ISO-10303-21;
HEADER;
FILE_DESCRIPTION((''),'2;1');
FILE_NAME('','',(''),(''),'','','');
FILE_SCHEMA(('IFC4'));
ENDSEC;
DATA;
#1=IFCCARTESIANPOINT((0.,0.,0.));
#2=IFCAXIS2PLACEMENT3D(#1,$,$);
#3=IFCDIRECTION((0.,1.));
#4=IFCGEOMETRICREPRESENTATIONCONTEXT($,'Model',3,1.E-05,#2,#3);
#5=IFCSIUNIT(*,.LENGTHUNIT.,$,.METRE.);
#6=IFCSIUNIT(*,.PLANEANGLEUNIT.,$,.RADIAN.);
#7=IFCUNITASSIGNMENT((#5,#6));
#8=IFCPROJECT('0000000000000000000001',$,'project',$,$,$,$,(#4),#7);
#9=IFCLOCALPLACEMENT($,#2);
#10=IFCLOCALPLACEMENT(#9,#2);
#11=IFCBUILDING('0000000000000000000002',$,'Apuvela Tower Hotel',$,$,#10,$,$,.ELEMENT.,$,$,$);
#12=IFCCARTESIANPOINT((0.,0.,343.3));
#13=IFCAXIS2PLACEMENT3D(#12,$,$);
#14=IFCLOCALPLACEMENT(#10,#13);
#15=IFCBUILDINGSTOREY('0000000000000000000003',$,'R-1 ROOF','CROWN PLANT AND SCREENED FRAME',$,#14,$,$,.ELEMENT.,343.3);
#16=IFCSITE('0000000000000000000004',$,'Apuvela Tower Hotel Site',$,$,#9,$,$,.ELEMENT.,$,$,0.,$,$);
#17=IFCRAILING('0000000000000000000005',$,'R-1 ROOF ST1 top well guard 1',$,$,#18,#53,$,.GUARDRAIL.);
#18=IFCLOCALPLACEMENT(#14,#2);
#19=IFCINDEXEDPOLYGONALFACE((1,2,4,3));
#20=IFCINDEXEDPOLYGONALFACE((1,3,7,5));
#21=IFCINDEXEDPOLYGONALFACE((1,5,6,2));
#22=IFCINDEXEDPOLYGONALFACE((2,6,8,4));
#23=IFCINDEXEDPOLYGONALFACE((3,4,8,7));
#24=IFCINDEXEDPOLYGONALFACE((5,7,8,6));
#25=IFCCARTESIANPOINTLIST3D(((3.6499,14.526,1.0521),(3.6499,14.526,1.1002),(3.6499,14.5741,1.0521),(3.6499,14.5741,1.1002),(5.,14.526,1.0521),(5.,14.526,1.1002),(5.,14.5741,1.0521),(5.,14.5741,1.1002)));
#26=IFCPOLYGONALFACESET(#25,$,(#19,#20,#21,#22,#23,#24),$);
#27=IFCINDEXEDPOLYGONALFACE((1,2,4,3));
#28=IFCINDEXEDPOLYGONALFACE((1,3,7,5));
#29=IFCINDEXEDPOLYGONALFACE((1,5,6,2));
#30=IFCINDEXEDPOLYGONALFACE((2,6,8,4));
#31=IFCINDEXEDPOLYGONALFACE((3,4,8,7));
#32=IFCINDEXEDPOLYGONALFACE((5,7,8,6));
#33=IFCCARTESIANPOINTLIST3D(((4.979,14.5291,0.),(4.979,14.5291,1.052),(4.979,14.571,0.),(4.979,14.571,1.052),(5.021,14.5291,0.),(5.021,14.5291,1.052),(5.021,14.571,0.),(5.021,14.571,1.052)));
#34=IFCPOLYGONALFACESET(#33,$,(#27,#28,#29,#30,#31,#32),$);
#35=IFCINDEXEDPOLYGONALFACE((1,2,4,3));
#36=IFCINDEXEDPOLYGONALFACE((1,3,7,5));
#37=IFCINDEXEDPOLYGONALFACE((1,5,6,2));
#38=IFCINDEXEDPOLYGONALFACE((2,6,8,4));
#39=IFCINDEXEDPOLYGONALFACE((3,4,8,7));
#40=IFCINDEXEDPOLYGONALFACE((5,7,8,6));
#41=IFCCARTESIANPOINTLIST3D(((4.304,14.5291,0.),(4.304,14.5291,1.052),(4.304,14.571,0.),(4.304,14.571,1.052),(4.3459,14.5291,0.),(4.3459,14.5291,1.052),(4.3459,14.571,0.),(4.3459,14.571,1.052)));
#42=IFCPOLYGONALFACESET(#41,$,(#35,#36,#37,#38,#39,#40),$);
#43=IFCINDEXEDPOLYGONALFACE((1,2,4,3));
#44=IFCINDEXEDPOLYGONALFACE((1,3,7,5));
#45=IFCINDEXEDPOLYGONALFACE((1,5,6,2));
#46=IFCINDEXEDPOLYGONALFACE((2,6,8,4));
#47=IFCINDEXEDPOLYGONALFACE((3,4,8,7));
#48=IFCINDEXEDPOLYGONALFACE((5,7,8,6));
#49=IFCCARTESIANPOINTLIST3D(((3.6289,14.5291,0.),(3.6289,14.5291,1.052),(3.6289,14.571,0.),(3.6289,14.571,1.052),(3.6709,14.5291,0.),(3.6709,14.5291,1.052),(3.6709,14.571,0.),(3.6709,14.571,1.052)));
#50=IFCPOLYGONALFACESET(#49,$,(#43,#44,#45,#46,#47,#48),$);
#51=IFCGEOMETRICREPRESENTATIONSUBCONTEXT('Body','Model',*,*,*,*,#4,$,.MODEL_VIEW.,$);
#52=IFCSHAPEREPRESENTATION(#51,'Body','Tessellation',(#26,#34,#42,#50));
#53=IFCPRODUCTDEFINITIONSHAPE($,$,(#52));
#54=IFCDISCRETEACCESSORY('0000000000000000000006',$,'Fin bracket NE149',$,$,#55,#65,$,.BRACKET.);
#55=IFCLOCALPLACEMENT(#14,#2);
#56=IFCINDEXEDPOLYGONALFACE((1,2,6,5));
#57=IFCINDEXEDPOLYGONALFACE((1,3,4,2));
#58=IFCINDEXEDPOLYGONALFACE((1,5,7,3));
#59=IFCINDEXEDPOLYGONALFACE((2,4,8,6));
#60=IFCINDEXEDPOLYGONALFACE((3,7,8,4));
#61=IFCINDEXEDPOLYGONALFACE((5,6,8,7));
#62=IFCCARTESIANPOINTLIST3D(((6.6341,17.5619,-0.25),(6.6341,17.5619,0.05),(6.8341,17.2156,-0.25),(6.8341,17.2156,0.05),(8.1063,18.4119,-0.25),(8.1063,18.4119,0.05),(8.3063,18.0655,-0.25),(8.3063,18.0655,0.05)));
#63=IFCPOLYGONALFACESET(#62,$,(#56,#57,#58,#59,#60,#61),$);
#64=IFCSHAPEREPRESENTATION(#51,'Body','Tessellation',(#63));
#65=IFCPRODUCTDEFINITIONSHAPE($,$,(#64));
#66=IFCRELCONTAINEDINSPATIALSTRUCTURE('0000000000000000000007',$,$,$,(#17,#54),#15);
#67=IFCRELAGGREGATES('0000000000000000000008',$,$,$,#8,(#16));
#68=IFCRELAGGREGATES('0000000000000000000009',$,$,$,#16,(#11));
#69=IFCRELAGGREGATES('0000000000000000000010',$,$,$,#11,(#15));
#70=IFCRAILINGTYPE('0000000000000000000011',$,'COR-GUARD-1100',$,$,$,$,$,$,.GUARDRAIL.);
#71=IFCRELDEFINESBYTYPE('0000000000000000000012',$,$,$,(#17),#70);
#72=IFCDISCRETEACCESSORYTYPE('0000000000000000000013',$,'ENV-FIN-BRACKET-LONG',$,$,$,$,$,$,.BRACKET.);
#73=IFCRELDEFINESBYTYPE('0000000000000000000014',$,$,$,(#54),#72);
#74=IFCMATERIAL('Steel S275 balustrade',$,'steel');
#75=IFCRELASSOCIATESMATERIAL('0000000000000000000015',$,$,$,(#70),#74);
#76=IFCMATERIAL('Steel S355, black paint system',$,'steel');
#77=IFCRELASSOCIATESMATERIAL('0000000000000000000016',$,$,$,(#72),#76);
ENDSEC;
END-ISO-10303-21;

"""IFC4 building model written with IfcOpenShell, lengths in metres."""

from ifc_helpers import new_model, si_unit, direction, frame, origin, origin_2d, place, context, subcontext, project, spatial, rectangle, extrude, material, type_object, element, save


model = new_model("IFC4")

# Units and contexts
model_context = context("Model", 3, precision=1e-05, world=origin(), true_north=direction((0.0, 1.0)))
body_context = subcontext(model_context, "Body", "Model", "MODEL_VIEW")
ifc_project = project(units=[si_unit("LENGTHUNIT", "METRE"), si_unit("PLANEANGLEUNIT", "RADIAN")], contexts=[model_context])

# Site, building, storey
site_placement = place(None, origin())
site = spatial("IfcSite", under=ifc_project, at=site_placement, Name="Apuvela Tower Hotel Site", CompositionType="ELEMENT", RefElevation=0.0)
building_placement = place(site_placement, origin())
building = spatial("IfcBuilding", under=site, at=building_placement, Name="Apuvela Tower Hotel", CompositionType="ELEMENT")
storey_placement = place(building_placement, frame((0.0, 0.0, 343.3)))
storey = spatial("IfcBuildingStorey", under=building, at=storey_placement, Name="R-1 ROOF", Description="CROWN PLANT AND SCREENED FRAME", CompositionType="ELEMENT", Elevation=343.3)

# Railing
ifc_material_1 = material(Name="Steel S275 balustrade", Category="steel")
railing_type = type_object("IfcRailingType", Name="COR-GUARD-1100", PredefinedType="GUARDRAIL", material=ifc_material_1)
railing_placement = place(storey_placement, frame((5.0, 14.55, 0.0)))
element("IfcRailing", 1, at=railing_placement, inside=storey, type_object=railing_type, Name="R-1 ROOF ST1 top well guard 1", PredefinedType="GUARDRAIL", context=body_context, shape_type="SweptSolid", body=[
    extrude(rectangle(XDim=0.0481, YDim=0.0481, at=origin_2d()), frame((0.0, 0.0, 1.0762), z_axis=(-1.0, 0.0, 0.0), x_axis=(0.0, -1.0, 0.0)), (0.0, 0.0, 1.0), 1.3501),
    extrude(rectangle(XDim=0.042, YDim=0.042, at=origin_2d()), origin(), (0.0, 0.0, 1.0), 1.052),
    extrude(rectangle(XDim=0.042, YDim=0.042, at=origin_2d()), frame((-0.675, 0.0, 0.0)), (0.0, 0.0, 1.0), 1.052),
    extrude(rectangle(XDim=0.042, YDim=0.042, at=origin_2d()), frame((-1.3501, 0.0, 0.0)), (0.0, 0.0, 1.0), 1.052),
])

# Discrete accessory
ifc_material_2 = material(Name="Steel S355, black paint system", Category="steel")
discrete_accessory_type = type_object("IfcDiscreteAccessoryType", Name="ENV-FIN-BRACKET-LONG", PredefinedType="BRACKET", material=ifc_material_2)
discrete_accessory_placement = place(storey_placement, frame((7.4702, 17.8137, -0.25), z_axis=(0.0, 0.0, 1.0), x_axis=(-0.5, 0.866025, 0.0)))
element("IfcDiscreteAccessory", 2, at=discrete_accessory_placement, inside=storey, type_object=discrete_accessory_type, Name="Fin bracket NE149", PredefinedType="BRACKET", context=body_context, shape_type="SweptSolid", body=[
    extrude(rectangle(XDim=0.3999, YDim=1.7, at=origin_2d()), origin(), (0.0, 0.0, 1.0), 0.3),
])

save(model, "model.ifc")
